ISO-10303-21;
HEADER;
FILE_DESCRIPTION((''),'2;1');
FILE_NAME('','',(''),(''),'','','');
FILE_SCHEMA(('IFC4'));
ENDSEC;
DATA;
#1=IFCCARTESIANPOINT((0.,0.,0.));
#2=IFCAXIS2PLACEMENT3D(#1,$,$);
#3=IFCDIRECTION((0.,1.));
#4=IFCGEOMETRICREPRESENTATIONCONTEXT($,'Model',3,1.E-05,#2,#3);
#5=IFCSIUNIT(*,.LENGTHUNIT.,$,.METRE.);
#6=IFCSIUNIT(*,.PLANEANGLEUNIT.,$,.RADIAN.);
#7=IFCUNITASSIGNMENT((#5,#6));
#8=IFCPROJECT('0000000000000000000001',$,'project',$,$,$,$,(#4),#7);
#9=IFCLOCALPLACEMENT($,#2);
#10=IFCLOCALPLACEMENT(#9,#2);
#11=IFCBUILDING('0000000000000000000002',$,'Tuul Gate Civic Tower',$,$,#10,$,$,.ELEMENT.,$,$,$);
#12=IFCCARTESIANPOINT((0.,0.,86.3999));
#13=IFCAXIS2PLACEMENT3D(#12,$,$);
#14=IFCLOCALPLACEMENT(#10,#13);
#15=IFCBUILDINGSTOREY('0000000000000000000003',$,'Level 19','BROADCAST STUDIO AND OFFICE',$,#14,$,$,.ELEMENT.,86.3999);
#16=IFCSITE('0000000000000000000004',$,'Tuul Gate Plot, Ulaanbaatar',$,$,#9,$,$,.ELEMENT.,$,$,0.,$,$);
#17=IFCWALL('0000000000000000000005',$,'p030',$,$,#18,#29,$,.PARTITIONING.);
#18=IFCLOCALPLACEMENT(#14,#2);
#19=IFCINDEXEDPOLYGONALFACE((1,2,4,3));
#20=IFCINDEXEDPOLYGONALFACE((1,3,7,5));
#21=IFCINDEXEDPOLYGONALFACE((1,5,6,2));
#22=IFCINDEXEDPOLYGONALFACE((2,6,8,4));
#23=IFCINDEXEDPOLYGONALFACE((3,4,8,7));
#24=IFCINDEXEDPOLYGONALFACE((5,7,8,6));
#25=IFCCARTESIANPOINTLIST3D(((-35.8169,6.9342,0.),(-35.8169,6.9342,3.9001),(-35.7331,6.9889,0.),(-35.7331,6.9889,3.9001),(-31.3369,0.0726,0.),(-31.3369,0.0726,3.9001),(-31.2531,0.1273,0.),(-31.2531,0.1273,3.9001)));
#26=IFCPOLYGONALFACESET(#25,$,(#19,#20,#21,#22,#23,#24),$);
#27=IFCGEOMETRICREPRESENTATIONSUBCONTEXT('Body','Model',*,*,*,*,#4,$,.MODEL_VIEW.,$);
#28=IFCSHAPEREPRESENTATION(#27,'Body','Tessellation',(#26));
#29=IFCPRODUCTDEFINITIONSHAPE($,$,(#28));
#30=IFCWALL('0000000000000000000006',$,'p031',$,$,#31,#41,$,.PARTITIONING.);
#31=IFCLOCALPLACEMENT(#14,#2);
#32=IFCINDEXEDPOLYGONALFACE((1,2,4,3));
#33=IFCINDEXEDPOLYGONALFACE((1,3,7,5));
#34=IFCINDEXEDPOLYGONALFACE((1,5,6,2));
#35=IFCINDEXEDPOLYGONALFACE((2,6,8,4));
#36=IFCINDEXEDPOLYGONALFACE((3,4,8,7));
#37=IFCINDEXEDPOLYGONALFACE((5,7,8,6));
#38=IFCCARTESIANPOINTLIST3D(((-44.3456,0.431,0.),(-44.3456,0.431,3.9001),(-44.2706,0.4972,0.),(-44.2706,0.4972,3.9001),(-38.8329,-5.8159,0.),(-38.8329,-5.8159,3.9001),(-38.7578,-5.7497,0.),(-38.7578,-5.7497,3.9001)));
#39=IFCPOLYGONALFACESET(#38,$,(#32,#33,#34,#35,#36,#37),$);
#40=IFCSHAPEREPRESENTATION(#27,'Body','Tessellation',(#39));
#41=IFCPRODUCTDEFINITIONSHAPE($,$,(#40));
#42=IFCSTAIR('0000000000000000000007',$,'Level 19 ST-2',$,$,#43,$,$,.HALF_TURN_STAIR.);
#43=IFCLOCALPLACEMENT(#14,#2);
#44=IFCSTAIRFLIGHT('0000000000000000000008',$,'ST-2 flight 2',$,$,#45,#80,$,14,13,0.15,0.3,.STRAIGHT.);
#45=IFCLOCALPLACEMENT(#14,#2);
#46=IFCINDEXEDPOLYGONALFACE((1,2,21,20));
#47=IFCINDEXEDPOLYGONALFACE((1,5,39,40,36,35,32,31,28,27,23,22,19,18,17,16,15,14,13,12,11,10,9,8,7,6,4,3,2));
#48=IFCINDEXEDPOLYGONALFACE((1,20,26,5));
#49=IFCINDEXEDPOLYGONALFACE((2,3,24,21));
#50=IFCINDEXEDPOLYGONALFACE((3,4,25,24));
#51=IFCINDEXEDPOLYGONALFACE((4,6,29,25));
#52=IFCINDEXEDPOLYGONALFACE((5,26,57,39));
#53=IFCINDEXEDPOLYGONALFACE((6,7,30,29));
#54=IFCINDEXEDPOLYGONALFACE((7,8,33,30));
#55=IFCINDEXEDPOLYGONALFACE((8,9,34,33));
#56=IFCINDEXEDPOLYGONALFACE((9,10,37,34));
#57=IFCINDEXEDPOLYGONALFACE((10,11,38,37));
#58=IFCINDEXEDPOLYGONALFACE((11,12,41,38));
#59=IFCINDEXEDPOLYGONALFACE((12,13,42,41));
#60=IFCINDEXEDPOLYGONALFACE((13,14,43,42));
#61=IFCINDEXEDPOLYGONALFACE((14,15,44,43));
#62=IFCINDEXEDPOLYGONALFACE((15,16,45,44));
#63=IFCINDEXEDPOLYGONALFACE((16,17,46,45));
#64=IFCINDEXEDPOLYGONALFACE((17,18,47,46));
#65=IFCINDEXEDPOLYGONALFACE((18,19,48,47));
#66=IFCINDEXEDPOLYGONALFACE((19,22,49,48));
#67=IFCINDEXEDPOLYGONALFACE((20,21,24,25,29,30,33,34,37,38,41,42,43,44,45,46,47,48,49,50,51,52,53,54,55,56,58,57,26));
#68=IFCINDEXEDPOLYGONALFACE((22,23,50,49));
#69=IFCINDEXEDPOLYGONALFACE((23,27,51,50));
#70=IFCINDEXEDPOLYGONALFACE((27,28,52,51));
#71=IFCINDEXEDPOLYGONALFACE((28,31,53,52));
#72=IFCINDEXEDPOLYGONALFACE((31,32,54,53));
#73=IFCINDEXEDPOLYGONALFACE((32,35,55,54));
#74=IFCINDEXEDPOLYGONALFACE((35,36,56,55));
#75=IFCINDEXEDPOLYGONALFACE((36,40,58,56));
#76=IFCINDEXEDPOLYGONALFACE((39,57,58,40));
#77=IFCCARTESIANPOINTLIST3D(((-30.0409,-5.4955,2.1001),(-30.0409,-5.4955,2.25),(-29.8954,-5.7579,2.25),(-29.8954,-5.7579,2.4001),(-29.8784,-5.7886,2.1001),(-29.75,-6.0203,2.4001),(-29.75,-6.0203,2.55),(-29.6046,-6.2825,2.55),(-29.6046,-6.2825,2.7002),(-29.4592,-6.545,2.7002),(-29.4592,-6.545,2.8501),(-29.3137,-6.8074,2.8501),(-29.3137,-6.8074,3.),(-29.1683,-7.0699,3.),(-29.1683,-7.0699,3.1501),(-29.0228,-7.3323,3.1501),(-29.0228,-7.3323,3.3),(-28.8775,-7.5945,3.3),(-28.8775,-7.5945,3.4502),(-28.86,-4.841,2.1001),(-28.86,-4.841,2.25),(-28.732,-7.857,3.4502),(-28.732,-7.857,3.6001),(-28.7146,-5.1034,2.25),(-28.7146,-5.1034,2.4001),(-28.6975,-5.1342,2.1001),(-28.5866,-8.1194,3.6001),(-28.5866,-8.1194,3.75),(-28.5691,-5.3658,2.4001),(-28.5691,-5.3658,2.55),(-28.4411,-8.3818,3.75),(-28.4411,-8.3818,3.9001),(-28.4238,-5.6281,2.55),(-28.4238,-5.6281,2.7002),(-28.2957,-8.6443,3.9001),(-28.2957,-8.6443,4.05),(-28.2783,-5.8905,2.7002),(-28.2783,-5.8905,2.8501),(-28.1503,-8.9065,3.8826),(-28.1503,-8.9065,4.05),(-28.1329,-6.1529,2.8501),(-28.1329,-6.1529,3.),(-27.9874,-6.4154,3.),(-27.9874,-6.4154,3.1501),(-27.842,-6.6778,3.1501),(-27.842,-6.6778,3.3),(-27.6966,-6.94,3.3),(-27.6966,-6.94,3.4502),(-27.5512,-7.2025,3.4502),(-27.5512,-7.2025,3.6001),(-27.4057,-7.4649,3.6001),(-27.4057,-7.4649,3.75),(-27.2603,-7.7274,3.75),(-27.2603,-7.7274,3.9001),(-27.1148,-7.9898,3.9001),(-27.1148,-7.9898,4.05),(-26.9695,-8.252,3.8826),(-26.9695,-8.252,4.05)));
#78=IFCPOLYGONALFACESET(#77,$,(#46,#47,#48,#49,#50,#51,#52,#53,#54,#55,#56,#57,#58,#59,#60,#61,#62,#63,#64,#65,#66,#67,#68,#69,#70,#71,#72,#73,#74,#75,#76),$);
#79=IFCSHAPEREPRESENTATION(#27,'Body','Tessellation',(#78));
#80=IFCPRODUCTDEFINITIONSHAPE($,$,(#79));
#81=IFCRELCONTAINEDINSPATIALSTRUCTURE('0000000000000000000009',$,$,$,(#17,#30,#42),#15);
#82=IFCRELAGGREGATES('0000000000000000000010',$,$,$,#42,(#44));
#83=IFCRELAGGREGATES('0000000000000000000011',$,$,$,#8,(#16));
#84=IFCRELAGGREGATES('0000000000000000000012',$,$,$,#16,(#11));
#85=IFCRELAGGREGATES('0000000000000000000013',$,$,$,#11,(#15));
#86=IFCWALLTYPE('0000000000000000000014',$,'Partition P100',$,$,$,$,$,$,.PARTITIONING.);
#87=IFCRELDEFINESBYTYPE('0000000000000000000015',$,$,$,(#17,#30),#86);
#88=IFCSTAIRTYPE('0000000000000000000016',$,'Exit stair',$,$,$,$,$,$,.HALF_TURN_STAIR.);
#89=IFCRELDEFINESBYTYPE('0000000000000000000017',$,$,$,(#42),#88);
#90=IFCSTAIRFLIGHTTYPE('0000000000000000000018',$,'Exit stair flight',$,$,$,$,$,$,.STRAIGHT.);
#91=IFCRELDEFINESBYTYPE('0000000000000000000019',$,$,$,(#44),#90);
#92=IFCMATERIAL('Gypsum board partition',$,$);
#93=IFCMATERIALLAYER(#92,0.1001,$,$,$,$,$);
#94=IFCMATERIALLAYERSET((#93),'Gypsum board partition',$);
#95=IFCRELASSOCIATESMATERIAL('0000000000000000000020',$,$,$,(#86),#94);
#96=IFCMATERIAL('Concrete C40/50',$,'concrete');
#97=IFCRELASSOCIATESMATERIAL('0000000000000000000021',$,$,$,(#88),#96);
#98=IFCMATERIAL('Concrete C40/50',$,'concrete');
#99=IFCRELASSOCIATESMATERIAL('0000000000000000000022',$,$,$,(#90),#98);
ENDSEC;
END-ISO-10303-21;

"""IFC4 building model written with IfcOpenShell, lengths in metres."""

from ifc_helpers import new_model, si_unit, direction, frame, frame_2d, origin, place, context, subcontext, project, spatial, polyline, rectangle, outline, extrude, material, layer, layer_set, type_object, element, aggregate, save


model = new_model("IFC4")

# Units and contexts
model_context = context("Model", 3, precision=1e-05, world=origin(), true_north=direction((0.0, 1.0)))
body_context = subcontext(model_context, "Body", "Model", "MODEL_VIEW")
ifc_project = project(units=[si_unit("LENGTHUNIT", "METRE"), si_unit("PLANEANGLEUNIT", "RADIAN")], contexts=[model_context])

# Site, building, storey
site_placement = place(None, origin())
site = spatial("IfcSite", under=ifc_project, at=site_placement, Name="Tuul Gate Plot, Ulaanbaatar", CompositionType="ELEMENT", RefElevation=0.0)
building_placement = place(site_placement, origin())
building = spatial("IfcBuilding", under=site, at=building_placement, Name="Tuul Gate Civic Tower", CompositionType="ELEMENT")
storey_placement = place(building_placement, frame((0.0, 0.0, 86.3999)))
storey = spatial("IfcBuildingStorey", under=building, at=storey_placement, Name="Level 19", Description="BROADCAST STUDIO AND OFFICE", CompositionType="ELEMENT", Elevation=86.3999)

# Walls
ifc_material_1 = material(Name="Gypsum board partition")
ifc_layer_1 = layer(ifc_material_1, 0.1001)
ifc_layer_set_1 = layer_set([ifc_layer_1], Name="Gypsum board partition")
wall_type_1 = type_object("IfcWallType", Name="Partition P100", PredefinedType="PARTITIONING", material=ifc_layer_set_1)
wall_1_placement = place(storey_placement, frame((-35.7749, 6.9614, 0.0), z_axis=(0.0, 0.0, 1.0), x_axis=(0.546699, -0.837329, 0.0)))
element("IfcWall", 1, at=wall_1_placement, inside=storey, type_object=wall_type_1, Name="p030", PredefinedType="PARTITIONING", context=body_context, shape_type="SweptSolid", body=[
    extrude(rectangle(XDim=8.1946, YDim=0.1001, at=frame_2d((4.0972, 0.0))), origin(), (0.0, 0.0, 1.0), 3.9001),
])
wall_2_placement = place(storey_placement, frame((-44.3081, 0.4641, 0.0), z_axis=(0.0, 0.0, 1.0), x_axis=(0.661675, -0.749791, 0.0)))
element("IfcWall", 2, at=wall_2_placement, inside=storey, type_object=wall_type_1, Name="p031", PredefinedType="PARTITIONING", context=body_context, shape_type="SweptSolid", body=[
    extrude(rectangle(XDim=8.3315, YDim=0.1001, at=frame_2d((4.1658, 0.0))), origin(), (0.0, 0.0, 1.0), 3.9001),
])

# Stair, stair flight
ifc_material_2 = material(Name="Concrete C40/50", Category="concrete")
stair_type = type_object("IfcStairType", Name="Exit stair", PredefinedType="HALF_TURN_STAIR", material=ifc_material_2)
stair_placement = place(storey_placement, origin())
stair = element("IfcStair", 3, at=stair_placement, inside=storey, type_object=stair_type, Name="Level 19 ST-2", PredefinedType="HALF_TURN_STAIR")
ifc_material_3 = material(Name="Concrete C40/50", Category="concrete")
stair_flight_type = type_object("IfcStairFlightType", Name="Exit stair flight", PredefinedType="STRAIGHT", material=ifc_material_3)
stair_flight_placement = place(storey_placement, frame((-29.4504, -5.1682, 2.1001), z_axis=(0.0, 0.0, 1.0), x_axis=(0.484762, -0.874646, 0.0)))
stair_flight = element("IfcStairFlight", 4, at=stair_flight_placement, type_object=stair_flight_type, Name="ST-2 flight 2", NumberOfRisers=14, NumberOfTreads=13, PredefinedType="STRAIGHT", RiserHeight=0.15, TreadLength=0.3, context=body_context, shape_type="SweptSolid", body=[
    extrude(outline(polyline([(0.0, 0.0), (0.0, 0.1499), (0.3, 0.1499), (0.3, 0.3), (0.6001, 0.3), (0.6001, 0.45), (0.8999, 0.45), (0.8999, 0.6001), (1.2, 0.6001), (1.2, 0.75), (1.5, 0.75), (1.5, 0.8999), (1.8, 0.8999), (1.8, 1.05), (2.1001, 1.05), (2.1001, 1.2), (2.3999, 1.2), (2.3999, 1.3501), (2.7, 1.3501), (2.7, 1.5), (3.0, 1.5), (3.0, 1.6499), (3.3, 1.6499), (3.3, 1.8), (3.6001, 1.8), (3.6001, 1.95), (3.8999, 1.95), (3.8999, 2.1001), (3.8999, 1.7825), (0.3352, 0.0), (0.0, 0.0)])), frame((0.0, 0.675, 0.0), z_axis=(0.0, -1.0, 0.0), x_axis=(1.0, 0.0, 0.0)), (0.0, 0.0, 1.0), 1.3501),
])
aggregate(stair, [stair_flight])

save(model, "model.ifc")
